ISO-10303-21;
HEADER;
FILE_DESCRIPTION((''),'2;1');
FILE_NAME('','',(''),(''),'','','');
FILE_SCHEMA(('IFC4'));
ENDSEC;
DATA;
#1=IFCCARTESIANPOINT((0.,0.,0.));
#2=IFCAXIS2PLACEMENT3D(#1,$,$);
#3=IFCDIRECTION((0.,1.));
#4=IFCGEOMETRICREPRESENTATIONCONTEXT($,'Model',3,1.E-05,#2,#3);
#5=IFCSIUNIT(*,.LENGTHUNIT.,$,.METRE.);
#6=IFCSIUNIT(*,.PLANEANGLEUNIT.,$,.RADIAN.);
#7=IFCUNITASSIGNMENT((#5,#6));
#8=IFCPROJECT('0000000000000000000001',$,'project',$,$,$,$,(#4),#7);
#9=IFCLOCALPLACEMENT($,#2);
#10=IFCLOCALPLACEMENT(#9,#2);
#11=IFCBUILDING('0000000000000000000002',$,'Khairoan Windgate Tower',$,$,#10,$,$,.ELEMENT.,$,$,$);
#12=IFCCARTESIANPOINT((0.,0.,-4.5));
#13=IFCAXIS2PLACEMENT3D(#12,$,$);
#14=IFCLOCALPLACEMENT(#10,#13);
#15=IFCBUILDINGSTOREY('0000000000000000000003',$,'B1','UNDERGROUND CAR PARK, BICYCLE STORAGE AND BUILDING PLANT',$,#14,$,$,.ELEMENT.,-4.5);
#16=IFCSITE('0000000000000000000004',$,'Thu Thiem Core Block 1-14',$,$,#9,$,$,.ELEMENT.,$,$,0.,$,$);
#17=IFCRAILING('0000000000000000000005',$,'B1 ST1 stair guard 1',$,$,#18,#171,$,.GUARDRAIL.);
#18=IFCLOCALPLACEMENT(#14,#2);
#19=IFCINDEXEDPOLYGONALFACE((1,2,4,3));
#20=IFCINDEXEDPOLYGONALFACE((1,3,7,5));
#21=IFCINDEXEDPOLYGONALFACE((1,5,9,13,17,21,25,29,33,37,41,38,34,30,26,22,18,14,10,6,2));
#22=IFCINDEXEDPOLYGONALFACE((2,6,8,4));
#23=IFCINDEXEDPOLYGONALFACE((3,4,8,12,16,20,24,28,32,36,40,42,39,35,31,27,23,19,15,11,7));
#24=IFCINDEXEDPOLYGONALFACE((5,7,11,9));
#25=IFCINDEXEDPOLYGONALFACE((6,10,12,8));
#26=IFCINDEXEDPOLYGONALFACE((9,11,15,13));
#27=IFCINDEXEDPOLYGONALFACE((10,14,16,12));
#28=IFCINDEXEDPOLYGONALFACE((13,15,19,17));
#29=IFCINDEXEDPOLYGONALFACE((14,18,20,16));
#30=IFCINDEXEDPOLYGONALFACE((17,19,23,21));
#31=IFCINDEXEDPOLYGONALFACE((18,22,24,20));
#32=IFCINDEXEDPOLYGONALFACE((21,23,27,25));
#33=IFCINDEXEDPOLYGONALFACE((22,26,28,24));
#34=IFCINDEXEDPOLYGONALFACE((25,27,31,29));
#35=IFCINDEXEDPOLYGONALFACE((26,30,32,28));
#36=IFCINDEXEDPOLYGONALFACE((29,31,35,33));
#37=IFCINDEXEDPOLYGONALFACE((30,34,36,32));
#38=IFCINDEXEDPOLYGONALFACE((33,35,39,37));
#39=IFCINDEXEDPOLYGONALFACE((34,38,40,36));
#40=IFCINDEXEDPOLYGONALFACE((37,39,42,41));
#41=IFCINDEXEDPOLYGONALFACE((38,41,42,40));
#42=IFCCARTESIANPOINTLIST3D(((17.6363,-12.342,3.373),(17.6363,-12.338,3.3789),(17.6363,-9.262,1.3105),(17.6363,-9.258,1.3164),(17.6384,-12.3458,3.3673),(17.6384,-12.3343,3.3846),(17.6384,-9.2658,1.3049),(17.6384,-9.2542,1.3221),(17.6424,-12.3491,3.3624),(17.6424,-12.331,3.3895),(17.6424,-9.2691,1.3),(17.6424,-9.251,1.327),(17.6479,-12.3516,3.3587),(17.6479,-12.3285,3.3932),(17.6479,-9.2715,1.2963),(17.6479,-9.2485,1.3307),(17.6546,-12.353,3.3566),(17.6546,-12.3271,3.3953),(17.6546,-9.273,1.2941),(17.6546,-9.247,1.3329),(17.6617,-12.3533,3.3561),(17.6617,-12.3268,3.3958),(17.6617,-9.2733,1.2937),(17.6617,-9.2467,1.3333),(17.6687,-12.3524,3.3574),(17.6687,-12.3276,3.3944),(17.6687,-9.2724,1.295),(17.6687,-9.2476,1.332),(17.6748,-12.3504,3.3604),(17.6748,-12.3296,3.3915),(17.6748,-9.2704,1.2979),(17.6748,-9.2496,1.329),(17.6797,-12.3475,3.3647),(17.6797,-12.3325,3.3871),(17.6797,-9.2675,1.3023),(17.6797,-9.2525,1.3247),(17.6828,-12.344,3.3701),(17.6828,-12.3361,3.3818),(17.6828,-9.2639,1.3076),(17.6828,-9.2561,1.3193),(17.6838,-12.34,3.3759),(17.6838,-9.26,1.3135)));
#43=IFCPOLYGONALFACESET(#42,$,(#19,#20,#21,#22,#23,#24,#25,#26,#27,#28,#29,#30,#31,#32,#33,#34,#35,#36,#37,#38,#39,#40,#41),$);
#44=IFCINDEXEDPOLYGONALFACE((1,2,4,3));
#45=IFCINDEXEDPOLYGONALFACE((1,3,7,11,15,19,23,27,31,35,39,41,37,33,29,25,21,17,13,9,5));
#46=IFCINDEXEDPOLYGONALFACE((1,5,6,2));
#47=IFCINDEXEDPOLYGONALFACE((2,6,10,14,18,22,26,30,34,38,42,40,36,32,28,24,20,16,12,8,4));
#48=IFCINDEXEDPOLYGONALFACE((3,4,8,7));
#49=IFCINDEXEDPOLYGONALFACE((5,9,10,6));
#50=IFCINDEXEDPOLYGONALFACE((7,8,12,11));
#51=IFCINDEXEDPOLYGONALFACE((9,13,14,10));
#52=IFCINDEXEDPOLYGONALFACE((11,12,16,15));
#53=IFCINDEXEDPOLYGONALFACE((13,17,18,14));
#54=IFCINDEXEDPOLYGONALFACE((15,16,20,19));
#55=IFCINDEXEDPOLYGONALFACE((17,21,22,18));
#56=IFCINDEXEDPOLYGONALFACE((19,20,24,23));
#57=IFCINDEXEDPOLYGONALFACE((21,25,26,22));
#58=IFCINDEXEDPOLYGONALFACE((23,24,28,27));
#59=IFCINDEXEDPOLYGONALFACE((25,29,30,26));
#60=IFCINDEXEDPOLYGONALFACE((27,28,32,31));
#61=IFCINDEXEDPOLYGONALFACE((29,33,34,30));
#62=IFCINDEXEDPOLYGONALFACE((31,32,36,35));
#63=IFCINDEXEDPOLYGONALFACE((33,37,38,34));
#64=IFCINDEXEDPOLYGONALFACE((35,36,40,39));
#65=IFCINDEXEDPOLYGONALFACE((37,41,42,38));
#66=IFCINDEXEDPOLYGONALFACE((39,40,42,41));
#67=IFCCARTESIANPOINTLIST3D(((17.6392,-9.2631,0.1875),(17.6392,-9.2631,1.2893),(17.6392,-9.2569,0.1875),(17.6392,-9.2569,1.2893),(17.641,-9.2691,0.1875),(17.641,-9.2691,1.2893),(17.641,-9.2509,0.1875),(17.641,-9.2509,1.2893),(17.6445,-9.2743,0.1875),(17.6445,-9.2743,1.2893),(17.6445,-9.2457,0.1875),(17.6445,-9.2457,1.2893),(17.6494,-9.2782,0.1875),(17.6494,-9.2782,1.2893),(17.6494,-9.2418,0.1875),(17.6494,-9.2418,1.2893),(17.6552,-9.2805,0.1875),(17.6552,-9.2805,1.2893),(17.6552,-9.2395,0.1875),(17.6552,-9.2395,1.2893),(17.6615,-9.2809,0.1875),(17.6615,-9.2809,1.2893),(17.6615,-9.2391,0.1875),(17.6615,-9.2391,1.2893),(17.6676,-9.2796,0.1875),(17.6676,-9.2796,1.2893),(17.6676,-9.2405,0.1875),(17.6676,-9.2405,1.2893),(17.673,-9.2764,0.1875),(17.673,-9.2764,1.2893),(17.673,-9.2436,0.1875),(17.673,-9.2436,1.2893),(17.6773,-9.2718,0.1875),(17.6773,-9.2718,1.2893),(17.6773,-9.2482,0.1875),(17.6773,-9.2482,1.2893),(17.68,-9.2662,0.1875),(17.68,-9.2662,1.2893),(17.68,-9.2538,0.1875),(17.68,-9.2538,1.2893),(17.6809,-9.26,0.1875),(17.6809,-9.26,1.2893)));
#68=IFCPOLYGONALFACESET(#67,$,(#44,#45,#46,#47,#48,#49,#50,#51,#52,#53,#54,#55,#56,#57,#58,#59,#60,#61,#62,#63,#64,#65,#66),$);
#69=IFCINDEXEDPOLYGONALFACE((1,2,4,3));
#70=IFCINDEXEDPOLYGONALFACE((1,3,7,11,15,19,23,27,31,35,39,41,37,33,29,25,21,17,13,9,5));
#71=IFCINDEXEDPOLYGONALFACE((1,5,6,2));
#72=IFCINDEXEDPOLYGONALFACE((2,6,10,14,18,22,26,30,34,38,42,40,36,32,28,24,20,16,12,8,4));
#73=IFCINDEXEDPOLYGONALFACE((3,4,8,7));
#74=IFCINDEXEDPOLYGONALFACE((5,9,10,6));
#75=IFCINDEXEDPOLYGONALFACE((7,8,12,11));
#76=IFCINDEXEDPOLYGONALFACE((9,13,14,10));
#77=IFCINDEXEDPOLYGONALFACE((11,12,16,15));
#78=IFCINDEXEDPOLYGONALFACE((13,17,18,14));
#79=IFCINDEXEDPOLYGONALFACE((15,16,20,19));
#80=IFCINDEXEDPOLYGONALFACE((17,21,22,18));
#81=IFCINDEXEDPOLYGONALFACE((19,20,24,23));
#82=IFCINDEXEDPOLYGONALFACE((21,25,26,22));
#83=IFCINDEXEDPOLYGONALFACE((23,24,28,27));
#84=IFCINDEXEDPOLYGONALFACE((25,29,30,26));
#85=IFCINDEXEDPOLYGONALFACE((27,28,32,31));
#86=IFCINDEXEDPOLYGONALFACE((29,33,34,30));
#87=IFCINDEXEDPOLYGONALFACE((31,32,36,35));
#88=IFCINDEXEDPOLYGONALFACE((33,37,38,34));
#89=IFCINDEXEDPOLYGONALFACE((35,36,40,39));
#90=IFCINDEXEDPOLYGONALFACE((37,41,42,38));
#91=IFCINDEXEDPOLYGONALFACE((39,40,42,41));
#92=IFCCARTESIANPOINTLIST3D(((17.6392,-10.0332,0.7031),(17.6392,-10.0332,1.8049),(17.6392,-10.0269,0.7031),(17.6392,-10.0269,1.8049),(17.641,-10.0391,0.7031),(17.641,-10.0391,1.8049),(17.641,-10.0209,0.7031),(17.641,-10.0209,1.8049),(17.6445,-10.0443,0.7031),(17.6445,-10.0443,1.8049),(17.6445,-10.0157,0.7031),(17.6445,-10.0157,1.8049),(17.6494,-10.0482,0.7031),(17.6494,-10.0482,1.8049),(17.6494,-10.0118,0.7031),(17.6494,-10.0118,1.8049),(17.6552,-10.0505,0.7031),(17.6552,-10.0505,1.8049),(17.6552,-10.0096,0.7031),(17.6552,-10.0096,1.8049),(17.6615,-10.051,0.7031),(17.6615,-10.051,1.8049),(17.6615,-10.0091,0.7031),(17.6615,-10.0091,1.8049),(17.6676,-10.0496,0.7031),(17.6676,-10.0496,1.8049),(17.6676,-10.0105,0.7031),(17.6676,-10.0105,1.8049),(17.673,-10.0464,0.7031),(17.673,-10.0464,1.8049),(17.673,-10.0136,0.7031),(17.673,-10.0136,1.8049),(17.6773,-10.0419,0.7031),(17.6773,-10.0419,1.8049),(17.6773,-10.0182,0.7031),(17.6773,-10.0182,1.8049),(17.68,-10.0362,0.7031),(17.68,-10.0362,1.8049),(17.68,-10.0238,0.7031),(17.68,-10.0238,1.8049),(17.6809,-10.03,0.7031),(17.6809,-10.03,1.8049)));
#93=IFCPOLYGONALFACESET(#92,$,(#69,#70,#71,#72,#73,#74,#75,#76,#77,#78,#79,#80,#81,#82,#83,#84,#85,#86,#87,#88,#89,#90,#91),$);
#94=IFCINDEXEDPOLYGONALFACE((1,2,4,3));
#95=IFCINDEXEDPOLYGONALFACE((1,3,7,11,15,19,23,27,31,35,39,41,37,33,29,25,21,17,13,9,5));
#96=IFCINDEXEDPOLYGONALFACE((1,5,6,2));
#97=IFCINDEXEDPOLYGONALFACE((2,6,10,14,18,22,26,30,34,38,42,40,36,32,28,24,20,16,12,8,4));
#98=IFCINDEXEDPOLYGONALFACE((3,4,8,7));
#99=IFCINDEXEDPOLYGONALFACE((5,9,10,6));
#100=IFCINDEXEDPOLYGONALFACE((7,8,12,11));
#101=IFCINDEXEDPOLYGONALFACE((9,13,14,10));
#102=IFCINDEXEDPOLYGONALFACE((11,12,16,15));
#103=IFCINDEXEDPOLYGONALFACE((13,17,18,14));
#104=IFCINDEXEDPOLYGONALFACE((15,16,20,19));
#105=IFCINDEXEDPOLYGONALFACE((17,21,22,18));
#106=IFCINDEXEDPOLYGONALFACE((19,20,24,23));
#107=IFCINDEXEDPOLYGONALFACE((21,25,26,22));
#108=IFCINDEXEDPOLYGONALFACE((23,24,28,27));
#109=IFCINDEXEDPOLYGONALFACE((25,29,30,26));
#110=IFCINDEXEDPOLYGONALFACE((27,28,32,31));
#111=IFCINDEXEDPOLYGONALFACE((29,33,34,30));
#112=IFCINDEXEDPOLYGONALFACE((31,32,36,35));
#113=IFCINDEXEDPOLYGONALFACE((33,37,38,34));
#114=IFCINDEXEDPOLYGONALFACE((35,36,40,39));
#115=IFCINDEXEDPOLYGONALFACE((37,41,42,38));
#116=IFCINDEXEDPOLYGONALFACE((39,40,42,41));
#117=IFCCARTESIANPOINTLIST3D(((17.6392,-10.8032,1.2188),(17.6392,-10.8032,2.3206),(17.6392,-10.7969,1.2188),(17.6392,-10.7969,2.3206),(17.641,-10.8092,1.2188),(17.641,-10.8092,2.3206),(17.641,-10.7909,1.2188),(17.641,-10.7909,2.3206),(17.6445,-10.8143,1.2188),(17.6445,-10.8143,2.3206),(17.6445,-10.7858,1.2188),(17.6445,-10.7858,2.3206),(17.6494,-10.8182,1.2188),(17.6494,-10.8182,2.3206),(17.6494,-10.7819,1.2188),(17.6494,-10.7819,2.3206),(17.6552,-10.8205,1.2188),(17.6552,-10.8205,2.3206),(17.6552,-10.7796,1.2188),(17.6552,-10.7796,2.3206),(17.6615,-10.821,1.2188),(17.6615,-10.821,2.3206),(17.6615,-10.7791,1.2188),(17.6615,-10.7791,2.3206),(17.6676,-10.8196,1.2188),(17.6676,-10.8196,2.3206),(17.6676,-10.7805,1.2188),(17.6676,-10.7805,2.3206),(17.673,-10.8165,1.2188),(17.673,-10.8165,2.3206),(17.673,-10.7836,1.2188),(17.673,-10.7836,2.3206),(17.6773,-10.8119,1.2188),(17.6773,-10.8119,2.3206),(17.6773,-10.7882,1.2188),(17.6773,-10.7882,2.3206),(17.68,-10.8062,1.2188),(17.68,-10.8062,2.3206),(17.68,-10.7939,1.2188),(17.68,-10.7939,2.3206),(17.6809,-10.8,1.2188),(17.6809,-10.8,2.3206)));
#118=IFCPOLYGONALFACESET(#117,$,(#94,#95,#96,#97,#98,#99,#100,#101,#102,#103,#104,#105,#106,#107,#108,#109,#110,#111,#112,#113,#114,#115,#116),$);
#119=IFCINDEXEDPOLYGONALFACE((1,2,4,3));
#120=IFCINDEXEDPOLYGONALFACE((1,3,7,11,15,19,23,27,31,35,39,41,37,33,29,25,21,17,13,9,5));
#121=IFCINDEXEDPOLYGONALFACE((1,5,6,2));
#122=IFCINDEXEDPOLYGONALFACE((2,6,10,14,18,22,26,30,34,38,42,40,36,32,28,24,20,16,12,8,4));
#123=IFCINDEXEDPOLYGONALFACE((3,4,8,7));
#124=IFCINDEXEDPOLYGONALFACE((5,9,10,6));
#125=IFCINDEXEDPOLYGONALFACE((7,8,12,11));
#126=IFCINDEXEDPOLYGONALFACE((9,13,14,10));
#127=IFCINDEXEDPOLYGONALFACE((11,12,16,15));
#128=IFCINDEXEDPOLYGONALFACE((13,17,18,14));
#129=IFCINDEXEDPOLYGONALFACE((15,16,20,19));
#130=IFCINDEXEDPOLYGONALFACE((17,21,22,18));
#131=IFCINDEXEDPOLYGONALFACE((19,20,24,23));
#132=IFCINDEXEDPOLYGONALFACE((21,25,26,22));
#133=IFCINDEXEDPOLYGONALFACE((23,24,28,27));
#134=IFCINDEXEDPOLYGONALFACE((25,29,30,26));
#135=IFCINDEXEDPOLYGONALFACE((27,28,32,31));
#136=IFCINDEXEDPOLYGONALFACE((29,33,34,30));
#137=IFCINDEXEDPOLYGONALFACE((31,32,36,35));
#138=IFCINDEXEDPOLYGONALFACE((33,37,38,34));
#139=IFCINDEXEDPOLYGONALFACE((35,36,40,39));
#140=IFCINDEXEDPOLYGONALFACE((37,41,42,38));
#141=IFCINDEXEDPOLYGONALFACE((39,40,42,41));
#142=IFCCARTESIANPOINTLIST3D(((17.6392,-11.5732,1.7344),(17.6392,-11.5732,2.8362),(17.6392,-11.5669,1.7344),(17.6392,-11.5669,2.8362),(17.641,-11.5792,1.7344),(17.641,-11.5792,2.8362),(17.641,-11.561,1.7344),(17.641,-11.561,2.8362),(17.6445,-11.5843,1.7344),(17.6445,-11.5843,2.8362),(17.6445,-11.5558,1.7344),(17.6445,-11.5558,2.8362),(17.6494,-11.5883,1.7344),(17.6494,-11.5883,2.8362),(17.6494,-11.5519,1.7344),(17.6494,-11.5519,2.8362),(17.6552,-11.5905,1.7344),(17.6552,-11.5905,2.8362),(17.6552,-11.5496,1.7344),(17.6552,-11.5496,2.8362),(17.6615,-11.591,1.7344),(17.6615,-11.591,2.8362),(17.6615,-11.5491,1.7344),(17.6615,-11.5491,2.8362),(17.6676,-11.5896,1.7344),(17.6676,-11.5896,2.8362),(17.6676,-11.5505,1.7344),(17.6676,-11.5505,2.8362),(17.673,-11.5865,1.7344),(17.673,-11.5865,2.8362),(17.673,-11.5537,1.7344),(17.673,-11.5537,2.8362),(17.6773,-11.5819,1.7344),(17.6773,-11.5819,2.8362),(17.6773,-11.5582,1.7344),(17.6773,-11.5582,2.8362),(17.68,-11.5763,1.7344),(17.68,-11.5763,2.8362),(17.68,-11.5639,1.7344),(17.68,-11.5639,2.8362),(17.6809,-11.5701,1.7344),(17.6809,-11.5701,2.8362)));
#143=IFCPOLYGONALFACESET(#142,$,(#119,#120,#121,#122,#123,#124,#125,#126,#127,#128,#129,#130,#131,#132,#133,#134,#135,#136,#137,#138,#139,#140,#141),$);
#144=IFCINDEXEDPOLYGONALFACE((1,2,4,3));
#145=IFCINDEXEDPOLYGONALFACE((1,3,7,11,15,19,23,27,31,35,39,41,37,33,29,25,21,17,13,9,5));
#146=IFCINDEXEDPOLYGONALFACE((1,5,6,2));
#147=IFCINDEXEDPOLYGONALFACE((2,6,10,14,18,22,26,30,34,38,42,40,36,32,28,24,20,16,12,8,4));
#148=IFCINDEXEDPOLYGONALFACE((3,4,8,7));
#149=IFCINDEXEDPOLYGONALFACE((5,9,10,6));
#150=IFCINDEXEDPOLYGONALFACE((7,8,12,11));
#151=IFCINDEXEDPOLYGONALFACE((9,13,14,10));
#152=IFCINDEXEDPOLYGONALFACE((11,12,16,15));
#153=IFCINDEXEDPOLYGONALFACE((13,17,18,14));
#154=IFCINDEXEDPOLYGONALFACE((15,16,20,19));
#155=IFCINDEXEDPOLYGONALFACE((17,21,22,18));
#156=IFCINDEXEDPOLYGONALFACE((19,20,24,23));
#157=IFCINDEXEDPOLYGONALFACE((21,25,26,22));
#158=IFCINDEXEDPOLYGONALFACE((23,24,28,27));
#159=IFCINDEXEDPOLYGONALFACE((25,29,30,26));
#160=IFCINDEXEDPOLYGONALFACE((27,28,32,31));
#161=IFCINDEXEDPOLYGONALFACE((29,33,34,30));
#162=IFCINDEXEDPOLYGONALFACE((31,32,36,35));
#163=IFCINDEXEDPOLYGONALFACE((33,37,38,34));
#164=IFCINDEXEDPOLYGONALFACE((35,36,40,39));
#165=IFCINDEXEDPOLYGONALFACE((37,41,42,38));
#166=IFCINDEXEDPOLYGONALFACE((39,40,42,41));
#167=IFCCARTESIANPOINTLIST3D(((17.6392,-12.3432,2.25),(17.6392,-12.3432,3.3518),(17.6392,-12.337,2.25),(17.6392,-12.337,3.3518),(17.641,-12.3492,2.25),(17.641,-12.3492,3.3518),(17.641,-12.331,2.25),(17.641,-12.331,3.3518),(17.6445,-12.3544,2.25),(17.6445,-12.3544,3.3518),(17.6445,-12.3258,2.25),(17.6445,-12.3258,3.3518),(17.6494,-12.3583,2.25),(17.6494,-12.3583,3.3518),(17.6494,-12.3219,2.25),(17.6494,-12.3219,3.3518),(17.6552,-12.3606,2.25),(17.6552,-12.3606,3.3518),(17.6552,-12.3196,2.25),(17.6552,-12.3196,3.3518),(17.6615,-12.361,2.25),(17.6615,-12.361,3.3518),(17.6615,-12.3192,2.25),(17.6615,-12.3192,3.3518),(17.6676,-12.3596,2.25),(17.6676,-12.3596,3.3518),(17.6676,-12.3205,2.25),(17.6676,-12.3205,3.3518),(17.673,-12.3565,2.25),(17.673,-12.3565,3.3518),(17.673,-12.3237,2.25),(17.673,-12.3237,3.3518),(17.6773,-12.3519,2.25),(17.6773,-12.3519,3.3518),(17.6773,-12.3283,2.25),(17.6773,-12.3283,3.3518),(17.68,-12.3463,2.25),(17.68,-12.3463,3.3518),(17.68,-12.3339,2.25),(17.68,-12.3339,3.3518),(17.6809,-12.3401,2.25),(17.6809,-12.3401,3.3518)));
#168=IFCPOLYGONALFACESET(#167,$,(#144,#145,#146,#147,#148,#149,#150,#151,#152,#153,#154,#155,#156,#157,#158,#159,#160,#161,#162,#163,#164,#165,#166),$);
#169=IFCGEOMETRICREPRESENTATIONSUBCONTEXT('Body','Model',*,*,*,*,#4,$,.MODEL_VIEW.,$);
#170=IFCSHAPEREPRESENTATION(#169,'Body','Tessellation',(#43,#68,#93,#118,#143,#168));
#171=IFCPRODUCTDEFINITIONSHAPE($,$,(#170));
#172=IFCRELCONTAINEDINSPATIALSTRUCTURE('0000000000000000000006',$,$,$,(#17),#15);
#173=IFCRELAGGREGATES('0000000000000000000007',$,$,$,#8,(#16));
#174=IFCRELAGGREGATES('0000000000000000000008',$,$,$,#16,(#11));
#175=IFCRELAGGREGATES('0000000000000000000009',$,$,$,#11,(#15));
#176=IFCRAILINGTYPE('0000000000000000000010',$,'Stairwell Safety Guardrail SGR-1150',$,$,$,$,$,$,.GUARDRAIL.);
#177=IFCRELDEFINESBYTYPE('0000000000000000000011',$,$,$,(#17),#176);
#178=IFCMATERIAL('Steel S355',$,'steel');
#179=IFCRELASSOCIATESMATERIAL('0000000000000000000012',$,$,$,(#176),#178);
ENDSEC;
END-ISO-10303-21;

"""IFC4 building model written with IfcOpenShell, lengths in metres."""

from ifc_helpers import new_model, si_unit, direction, frame, origin, origin_2d, place, context, subcontext, project, spatial, circle, extrude, material, type_object, element, save


model = new_model("IFC4")

# Units and contexts
model_context = context("Model", 3, precision=1e-05, world=origin(), true_north=direction((0.0, 1.0)))
body_context = subcontext(model_context, "Body", "Model", "MODEL_VIEW")
ifc_project = project(units=[si_unit("LENGTHUNIT", "METRE"), si_unit("PLANEANGLEUNIT", "RADIAN")], contexts=[model_context])

# Site, building, storey
site_placement = place(None, origin())
site = spatial("IfcSite", under=ifc_project, at=site_placement, Name="Thu Thiem Core Block 1-14", CompositionType="ELEMENT", RefElevation=0.0)
building_placement = place(site_placement, origin())
building = spatial("IfcBuilding", under=site, at=building_placement, Name="Khairoan Windgate Tower", CompositionType="ELEMENT")
storey_placement = place(building_placement, frame((0.0, 0.0, -4.5)))
storey = spatial("IfcBuildingStorey", under=building, at=storey_placement, Name="B1", Description="UNDERGROUND CAR PARK, BICYCLE STORAGE AND BUILDING PLANT", CompositionType="ELEMENT", Elevation=-4.5)

# Railing
ifc_material_1 = material(Name="Steel S355", Category="steel")
railing_type_1 = type_object("IfcRailingType", Name="Stairwell Safety Guardrail SGR-1150", PredefinedType="GUARDRAIL", material=ifc_material_1)
railing_1_placement = place(storey_placement, frame((17.6599, -9.26, 0.1875)))
element("IfcRailing", 1, at=railing_1_placement, inside=storey, type_object=railing_type_1, Name="B1 ST1 stair guard 1", PredefinedType="GUARDRAIL", context=body_context, shape_type="SweptSolid", body=[
    extrude(circle(Radius=0.0239, at=origin_2d()), frame((0.0, 0.0, 1.126), z_axis=(0.0, -0.830914, 0.556401), x_axis=(1.0, 0.0, 0.0)), (0.0, 0.0, 1.0), 3.7068),
    extrude(circle(Radius=0.021, at=origin_2d()), origin(), (0.0, 0.0, 1.0), 1.1018),
    extrude(circle(Radius=0.021, at=origin_2d()), frame((0.0, -0.77, 0.5156)), (0.0, 0.0, 1.0), 1.1018),
    extrude(circle(Radius=0.021, at=origin_2d()), frame((0.0, -1.54, 1.0312)), (0.0, 0.0, 1.0), 1.1018),
    extrude(circle(Radius=0.021, at=origin_2d()), frame((0.0, -2.3101, 1.5469)), (0.0, 0.0, 1.0), 1.1018),
    extrude(circle(Radius=0.021, at=origin_2d()), frame((0.0, -3.0801, 2.0625)), (0.0, 0.0, 1.0), 1.1018),
])

save(model, "model.ifc")
